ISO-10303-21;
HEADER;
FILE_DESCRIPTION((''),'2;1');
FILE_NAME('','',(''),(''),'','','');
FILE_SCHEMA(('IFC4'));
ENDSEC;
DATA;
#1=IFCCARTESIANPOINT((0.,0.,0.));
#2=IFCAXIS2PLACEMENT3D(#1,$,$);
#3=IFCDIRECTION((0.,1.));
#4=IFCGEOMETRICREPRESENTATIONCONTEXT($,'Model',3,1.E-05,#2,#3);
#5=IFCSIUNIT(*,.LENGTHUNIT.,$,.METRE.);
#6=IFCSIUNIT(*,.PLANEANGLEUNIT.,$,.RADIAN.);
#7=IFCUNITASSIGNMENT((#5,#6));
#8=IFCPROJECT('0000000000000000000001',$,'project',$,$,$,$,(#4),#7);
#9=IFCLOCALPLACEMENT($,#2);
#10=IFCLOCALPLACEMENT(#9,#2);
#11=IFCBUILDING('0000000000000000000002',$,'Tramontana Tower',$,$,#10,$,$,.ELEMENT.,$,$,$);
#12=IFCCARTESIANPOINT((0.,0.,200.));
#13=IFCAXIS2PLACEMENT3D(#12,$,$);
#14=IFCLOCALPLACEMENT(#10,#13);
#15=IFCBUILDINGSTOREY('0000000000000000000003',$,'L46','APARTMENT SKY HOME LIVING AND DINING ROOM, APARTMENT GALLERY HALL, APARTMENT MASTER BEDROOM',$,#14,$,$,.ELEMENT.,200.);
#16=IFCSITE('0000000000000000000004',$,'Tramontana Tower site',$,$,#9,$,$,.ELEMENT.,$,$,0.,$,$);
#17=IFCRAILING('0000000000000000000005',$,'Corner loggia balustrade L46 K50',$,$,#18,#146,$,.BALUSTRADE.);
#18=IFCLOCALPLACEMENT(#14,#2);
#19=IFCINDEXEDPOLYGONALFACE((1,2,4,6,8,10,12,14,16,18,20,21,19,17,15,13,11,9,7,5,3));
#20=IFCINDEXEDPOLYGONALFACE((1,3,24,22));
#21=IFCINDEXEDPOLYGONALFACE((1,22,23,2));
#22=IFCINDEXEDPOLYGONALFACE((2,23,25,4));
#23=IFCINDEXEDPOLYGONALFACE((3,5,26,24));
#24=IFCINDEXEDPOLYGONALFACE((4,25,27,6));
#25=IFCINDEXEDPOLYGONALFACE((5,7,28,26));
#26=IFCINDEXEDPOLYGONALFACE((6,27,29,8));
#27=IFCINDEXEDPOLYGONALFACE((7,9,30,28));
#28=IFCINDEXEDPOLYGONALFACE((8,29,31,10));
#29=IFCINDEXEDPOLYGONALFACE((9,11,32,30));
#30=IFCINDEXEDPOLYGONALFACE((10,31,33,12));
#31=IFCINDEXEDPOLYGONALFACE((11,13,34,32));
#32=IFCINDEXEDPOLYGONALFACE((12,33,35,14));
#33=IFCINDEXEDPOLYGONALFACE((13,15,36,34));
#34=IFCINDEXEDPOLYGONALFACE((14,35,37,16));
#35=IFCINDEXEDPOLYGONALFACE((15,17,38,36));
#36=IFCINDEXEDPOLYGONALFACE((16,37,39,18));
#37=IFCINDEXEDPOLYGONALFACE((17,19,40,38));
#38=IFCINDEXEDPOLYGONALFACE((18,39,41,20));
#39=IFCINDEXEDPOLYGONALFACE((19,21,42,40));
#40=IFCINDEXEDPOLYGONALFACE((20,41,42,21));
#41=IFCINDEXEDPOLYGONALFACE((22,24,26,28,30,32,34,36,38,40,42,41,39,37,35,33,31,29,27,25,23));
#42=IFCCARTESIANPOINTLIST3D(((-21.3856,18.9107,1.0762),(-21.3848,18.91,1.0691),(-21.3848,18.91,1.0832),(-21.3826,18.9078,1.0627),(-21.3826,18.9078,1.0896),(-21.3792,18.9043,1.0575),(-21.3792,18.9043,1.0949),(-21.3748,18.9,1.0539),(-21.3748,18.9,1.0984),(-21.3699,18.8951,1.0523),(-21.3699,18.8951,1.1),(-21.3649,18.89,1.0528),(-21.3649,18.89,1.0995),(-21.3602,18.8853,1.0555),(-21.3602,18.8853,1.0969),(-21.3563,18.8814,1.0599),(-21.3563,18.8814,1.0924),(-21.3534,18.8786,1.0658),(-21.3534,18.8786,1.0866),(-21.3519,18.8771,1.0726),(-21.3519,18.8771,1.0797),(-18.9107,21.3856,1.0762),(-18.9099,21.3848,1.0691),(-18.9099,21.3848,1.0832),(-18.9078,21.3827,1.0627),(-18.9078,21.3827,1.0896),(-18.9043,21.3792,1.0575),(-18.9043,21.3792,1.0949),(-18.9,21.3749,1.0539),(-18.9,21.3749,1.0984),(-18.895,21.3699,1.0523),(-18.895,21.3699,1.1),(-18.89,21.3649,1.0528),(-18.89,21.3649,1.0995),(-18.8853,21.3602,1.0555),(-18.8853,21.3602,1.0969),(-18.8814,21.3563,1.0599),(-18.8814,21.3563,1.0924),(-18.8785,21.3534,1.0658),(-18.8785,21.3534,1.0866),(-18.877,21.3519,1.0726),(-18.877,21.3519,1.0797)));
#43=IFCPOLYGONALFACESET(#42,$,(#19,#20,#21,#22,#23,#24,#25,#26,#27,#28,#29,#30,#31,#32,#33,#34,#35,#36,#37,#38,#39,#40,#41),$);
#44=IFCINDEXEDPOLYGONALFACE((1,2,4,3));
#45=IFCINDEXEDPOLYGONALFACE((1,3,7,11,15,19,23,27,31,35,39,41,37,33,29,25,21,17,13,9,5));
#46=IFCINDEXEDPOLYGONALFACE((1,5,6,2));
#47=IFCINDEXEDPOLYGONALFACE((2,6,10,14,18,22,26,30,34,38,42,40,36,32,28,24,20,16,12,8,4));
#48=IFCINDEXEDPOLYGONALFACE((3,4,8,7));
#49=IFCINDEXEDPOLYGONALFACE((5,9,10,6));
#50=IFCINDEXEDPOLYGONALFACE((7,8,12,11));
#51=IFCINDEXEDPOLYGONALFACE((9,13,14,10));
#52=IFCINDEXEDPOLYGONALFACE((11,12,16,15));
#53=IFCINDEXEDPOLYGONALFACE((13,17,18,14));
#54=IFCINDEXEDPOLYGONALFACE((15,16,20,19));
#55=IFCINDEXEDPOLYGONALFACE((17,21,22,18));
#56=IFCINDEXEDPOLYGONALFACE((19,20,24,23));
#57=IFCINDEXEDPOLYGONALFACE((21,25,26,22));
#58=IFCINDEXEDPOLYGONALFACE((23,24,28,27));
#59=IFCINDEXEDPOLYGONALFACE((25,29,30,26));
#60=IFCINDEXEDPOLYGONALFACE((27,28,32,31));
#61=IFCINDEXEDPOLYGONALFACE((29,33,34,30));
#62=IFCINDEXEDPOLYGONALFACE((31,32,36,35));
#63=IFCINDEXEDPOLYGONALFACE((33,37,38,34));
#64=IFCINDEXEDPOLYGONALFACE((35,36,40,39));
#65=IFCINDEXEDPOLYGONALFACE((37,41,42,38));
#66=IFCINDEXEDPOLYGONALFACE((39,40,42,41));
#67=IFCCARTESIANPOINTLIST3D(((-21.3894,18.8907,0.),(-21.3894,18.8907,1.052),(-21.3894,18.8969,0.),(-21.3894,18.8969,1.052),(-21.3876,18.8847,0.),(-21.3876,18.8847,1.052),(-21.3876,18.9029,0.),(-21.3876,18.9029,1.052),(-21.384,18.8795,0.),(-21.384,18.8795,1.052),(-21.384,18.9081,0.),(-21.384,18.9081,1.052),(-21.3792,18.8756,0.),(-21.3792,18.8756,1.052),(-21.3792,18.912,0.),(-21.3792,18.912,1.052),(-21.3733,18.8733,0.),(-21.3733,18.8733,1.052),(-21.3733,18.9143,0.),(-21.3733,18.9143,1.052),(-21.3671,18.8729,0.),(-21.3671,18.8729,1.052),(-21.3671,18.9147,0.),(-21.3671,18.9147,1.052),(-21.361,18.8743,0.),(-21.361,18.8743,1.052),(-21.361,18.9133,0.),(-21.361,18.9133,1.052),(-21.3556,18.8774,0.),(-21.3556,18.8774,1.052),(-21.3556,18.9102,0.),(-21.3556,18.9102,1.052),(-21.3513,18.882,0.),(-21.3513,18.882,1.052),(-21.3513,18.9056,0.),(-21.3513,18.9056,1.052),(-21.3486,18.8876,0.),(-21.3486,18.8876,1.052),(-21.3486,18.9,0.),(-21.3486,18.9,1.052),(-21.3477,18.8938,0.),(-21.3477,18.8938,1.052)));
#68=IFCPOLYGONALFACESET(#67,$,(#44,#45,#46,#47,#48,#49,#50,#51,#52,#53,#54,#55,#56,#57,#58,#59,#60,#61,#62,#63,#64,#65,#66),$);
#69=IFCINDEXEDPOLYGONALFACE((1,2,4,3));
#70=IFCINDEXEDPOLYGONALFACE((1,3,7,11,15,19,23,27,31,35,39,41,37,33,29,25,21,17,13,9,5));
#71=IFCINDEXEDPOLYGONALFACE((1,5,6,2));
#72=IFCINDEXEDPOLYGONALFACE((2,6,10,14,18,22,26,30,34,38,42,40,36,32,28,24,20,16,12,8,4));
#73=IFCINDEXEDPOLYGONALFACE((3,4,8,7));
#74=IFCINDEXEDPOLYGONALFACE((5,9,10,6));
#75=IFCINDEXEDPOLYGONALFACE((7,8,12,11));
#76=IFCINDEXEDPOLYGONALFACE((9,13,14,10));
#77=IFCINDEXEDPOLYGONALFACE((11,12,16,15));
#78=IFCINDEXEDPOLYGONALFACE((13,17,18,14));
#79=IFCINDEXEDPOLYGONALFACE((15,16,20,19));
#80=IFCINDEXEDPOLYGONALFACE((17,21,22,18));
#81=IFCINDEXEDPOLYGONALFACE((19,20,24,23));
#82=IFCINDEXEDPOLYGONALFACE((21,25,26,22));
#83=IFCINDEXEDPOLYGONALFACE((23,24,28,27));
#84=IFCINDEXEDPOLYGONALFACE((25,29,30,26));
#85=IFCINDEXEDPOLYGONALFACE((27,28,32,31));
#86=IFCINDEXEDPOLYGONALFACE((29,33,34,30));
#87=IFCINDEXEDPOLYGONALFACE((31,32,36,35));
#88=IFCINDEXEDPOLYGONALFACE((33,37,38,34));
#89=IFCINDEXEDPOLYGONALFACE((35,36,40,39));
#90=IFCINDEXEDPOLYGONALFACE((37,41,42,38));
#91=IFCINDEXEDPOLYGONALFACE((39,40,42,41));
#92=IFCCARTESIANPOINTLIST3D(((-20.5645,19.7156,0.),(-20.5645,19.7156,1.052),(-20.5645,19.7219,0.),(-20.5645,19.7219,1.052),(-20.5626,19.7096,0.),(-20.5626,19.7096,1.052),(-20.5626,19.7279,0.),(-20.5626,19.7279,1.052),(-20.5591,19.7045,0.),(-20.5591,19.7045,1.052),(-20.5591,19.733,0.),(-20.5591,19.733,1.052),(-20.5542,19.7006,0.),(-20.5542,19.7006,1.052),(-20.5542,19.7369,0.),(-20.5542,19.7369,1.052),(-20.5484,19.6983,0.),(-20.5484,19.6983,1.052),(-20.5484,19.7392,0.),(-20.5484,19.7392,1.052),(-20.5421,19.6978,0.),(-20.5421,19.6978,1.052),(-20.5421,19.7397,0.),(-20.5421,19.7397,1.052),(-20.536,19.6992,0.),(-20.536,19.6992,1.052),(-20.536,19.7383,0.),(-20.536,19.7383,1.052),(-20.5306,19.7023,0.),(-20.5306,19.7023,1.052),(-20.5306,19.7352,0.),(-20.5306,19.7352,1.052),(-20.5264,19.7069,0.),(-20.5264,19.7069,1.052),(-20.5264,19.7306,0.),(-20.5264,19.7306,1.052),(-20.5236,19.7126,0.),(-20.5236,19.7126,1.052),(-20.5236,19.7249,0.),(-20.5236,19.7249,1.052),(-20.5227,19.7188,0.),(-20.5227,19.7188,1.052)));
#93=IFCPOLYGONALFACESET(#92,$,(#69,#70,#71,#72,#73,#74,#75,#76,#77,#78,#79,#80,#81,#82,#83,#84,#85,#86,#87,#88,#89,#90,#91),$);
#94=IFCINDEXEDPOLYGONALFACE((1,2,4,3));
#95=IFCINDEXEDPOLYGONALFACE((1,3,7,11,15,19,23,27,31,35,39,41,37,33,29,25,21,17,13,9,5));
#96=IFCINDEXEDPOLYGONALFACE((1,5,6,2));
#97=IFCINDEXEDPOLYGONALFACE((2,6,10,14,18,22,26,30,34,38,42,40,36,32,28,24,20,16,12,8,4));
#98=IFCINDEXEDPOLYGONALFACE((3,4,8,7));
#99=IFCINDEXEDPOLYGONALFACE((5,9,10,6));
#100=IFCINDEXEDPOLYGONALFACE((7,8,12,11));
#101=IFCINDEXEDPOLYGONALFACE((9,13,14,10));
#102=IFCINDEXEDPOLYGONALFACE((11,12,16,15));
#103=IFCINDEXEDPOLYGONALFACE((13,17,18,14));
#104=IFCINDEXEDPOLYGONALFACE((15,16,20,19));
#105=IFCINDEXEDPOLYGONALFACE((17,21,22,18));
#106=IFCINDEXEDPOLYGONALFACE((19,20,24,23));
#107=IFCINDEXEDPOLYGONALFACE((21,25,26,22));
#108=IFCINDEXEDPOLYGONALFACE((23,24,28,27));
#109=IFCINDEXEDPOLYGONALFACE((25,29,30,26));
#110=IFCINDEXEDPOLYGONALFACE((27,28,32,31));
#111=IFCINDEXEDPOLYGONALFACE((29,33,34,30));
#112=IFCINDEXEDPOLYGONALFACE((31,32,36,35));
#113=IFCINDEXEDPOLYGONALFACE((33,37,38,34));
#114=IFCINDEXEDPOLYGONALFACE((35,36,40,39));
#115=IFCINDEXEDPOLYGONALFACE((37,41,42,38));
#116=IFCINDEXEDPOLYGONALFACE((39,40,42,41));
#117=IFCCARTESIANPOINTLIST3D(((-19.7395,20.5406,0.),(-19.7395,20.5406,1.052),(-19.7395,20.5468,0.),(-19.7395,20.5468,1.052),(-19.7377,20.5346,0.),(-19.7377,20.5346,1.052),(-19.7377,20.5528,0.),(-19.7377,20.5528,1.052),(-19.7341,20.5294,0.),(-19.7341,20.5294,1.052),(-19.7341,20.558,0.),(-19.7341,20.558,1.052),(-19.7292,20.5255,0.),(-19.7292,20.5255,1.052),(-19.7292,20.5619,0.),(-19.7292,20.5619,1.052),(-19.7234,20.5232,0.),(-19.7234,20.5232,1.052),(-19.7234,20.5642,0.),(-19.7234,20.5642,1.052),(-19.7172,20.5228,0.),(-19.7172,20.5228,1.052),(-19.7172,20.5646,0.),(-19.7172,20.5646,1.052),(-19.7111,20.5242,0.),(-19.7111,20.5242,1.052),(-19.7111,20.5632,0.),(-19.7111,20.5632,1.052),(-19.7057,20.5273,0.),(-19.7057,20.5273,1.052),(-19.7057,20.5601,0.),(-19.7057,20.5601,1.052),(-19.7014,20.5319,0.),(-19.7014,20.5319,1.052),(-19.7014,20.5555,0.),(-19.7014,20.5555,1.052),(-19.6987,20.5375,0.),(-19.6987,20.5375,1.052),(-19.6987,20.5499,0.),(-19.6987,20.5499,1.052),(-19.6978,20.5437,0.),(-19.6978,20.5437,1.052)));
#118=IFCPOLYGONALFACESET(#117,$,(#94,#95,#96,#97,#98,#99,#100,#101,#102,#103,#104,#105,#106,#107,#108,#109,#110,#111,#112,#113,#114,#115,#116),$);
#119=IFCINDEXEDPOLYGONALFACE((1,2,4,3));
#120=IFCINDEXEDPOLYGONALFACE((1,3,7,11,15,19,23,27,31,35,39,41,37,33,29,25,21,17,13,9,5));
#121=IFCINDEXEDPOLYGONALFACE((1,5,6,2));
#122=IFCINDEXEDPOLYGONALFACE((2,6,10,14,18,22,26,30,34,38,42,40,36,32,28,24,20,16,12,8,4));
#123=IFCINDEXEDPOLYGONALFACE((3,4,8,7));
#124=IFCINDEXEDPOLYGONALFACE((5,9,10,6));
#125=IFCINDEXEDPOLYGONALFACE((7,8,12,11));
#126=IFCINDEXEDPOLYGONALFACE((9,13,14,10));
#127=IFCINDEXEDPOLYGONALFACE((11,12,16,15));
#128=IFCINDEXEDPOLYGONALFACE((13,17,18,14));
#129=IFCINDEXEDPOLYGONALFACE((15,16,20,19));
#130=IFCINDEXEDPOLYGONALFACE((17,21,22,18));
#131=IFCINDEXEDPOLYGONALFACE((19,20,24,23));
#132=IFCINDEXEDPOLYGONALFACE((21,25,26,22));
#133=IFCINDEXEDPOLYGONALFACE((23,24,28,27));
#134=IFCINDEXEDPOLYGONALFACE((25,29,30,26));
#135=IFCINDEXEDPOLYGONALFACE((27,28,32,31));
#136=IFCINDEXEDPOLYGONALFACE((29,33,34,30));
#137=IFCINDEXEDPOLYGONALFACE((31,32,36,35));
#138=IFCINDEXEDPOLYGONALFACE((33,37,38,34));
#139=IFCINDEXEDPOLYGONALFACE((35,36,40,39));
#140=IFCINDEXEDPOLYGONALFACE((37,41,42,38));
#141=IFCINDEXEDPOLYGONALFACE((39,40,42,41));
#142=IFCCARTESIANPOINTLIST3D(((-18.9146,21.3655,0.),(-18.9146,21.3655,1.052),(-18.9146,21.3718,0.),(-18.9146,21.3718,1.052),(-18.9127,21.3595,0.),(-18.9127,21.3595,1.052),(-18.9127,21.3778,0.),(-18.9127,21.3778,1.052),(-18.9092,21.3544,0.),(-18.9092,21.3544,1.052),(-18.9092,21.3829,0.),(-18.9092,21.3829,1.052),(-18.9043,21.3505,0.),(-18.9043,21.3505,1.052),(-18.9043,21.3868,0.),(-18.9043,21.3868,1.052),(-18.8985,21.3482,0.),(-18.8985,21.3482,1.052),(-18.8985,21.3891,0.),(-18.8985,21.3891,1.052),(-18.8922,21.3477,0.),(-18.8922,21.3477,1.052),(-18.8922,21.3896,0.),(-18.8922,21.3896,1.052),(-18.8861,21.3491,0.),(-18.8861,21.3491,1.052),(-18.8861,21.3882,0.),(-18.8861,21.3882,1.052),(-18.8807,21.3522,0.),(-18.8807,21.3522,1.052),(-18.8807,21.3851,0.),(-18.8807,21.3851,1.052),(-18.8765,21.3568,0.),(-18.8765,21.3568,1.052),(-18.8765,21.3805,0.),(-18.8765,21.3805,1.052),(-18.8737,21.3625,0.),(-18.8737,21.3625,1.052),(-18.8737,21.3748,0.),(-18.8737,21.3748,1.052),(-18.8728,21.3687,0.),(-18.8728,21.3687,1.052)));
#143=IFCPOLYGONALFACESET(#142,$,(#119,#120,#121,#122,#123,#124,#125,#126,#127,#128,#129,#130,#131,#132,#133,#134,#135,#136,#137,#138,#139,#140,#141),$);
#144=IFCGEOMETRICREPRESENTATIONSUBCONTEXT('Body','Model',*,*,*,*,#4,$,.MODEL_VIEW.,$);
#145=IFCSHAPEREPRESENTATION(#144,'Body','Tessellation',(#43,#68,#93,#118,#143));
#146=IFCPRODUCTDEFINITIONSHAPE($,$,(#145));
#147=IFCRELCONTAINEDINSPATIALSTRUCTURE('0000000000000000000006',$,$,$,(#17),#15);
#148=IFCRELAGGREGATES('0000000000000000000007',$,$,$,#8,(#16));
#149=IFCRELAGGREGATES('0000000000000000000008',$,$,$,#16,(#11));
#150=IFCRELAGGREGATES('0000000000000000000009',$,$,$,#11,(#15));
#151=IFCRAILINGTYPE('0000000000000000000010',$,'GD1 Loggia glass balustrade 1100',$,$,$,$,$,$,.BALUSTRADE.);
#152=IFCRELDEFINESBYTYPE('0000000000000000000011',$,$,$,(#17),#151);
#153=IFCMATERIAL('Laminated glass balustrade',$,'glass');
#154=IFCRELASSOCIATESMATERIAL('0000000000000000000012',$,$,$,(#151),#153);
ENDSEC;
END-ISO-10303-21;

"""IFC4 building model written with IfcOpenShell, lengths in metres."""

from ifc_helpers import new_model, si_unit, direction, frame, origin, origin_2d, place, context, subcontext, project, spatial, circle, extrude, material, type_object, element, save


model = new_model("IFC4")

# Units and contexts
model_context = context("Model", 3, precision=1e-05, world=origin(), true_north=direction((0.0, 1.0)))
body_context = subcontext(model_context, "Body", "Model", "MODEL_VIEW")
ifc_project = project(units=[si_unit("LENGTHUNIT", "METRE"), si_unit("PLANEANGLEUNIT", "RADIAN")], contexts=[model_context])

# Site, building, storey
site_placement = place(None, origin())
site = spatial("IfcSite", under=ifc_project, at=site_placement, Name="Tramontana Tower site", CompositionType="ELEMENT", RefElevation=0.0)
building_placement = place(site_placement, origin())
building = spatial("IfcBuilding", under=site, at=building_placement, Name="Tramontana Tower", CompositionType="ELEMENT")
storey_placement = place(building_placement, frame((0.0, 0.0, 200.0)))
storey = spatial("IfcBuildingStorey", under=building, at=storey_placement, Name="L46", Description="APARTMENT SKY HOME LIVING AND DINING ROOM, APARTMENT GALLERY HALL, APARTMENT MASTER BEDROOM", CompositionType="ELEMENT", Elevation=200.0)

# Railing
ifc_material_1 = material(Name="Laminated glass balustrade", Category="glass")
railing_type = type_object("IfcRailingType", Name="GD1 Loggia glass balustrade 1100", PredefinedType="BALUSTRADE", material=ifc_material_1)
railing_placement = place(storey_placement, frame((-21.3687, 18.8938, 0.0)))
element("IfcRailing", 1, at=railing_placement, inside=storey, type_object=railing_type, Name="Corner loggia balustrade L46 K50", PredefinedType="BALUSTRADE", context=body_context, shape_type="SweptSolid", body=[
    extrude(circle(Radius=0.0239, at=origin_2d()), frame((0.0, 0.0, 1.0762), z_axis=(0.707107, 0.707107, 0.0), x_axis=(-0.707107, 0.707107, 0.0)), (0.0, 0.0, 1.0), 3.5),
    extrude(circle(Radius=0.021, at=origin_2d()), origin(), (0.0, 0.0, 1.0), 1.052),
    extrude(circle(Radius=0.021, at=origin_2d()), frame((0.825, 0.825, 0.0)), (0.0, 0.0, 1.0), 1.052),
    extrude(circle(Radius=0.021, at=origin_2d()), frame((1.6499, 1.6499, 0.0)), (0.0, 0.0, 1.0), 1.052),
    extrude(circle(Radius=0.021, at=origin_2d()), frame((2.4749, 2.4749, 0.0)), (0.0, 0.0, 1.0), 1.052),
])

save(model, "model.ifc")
